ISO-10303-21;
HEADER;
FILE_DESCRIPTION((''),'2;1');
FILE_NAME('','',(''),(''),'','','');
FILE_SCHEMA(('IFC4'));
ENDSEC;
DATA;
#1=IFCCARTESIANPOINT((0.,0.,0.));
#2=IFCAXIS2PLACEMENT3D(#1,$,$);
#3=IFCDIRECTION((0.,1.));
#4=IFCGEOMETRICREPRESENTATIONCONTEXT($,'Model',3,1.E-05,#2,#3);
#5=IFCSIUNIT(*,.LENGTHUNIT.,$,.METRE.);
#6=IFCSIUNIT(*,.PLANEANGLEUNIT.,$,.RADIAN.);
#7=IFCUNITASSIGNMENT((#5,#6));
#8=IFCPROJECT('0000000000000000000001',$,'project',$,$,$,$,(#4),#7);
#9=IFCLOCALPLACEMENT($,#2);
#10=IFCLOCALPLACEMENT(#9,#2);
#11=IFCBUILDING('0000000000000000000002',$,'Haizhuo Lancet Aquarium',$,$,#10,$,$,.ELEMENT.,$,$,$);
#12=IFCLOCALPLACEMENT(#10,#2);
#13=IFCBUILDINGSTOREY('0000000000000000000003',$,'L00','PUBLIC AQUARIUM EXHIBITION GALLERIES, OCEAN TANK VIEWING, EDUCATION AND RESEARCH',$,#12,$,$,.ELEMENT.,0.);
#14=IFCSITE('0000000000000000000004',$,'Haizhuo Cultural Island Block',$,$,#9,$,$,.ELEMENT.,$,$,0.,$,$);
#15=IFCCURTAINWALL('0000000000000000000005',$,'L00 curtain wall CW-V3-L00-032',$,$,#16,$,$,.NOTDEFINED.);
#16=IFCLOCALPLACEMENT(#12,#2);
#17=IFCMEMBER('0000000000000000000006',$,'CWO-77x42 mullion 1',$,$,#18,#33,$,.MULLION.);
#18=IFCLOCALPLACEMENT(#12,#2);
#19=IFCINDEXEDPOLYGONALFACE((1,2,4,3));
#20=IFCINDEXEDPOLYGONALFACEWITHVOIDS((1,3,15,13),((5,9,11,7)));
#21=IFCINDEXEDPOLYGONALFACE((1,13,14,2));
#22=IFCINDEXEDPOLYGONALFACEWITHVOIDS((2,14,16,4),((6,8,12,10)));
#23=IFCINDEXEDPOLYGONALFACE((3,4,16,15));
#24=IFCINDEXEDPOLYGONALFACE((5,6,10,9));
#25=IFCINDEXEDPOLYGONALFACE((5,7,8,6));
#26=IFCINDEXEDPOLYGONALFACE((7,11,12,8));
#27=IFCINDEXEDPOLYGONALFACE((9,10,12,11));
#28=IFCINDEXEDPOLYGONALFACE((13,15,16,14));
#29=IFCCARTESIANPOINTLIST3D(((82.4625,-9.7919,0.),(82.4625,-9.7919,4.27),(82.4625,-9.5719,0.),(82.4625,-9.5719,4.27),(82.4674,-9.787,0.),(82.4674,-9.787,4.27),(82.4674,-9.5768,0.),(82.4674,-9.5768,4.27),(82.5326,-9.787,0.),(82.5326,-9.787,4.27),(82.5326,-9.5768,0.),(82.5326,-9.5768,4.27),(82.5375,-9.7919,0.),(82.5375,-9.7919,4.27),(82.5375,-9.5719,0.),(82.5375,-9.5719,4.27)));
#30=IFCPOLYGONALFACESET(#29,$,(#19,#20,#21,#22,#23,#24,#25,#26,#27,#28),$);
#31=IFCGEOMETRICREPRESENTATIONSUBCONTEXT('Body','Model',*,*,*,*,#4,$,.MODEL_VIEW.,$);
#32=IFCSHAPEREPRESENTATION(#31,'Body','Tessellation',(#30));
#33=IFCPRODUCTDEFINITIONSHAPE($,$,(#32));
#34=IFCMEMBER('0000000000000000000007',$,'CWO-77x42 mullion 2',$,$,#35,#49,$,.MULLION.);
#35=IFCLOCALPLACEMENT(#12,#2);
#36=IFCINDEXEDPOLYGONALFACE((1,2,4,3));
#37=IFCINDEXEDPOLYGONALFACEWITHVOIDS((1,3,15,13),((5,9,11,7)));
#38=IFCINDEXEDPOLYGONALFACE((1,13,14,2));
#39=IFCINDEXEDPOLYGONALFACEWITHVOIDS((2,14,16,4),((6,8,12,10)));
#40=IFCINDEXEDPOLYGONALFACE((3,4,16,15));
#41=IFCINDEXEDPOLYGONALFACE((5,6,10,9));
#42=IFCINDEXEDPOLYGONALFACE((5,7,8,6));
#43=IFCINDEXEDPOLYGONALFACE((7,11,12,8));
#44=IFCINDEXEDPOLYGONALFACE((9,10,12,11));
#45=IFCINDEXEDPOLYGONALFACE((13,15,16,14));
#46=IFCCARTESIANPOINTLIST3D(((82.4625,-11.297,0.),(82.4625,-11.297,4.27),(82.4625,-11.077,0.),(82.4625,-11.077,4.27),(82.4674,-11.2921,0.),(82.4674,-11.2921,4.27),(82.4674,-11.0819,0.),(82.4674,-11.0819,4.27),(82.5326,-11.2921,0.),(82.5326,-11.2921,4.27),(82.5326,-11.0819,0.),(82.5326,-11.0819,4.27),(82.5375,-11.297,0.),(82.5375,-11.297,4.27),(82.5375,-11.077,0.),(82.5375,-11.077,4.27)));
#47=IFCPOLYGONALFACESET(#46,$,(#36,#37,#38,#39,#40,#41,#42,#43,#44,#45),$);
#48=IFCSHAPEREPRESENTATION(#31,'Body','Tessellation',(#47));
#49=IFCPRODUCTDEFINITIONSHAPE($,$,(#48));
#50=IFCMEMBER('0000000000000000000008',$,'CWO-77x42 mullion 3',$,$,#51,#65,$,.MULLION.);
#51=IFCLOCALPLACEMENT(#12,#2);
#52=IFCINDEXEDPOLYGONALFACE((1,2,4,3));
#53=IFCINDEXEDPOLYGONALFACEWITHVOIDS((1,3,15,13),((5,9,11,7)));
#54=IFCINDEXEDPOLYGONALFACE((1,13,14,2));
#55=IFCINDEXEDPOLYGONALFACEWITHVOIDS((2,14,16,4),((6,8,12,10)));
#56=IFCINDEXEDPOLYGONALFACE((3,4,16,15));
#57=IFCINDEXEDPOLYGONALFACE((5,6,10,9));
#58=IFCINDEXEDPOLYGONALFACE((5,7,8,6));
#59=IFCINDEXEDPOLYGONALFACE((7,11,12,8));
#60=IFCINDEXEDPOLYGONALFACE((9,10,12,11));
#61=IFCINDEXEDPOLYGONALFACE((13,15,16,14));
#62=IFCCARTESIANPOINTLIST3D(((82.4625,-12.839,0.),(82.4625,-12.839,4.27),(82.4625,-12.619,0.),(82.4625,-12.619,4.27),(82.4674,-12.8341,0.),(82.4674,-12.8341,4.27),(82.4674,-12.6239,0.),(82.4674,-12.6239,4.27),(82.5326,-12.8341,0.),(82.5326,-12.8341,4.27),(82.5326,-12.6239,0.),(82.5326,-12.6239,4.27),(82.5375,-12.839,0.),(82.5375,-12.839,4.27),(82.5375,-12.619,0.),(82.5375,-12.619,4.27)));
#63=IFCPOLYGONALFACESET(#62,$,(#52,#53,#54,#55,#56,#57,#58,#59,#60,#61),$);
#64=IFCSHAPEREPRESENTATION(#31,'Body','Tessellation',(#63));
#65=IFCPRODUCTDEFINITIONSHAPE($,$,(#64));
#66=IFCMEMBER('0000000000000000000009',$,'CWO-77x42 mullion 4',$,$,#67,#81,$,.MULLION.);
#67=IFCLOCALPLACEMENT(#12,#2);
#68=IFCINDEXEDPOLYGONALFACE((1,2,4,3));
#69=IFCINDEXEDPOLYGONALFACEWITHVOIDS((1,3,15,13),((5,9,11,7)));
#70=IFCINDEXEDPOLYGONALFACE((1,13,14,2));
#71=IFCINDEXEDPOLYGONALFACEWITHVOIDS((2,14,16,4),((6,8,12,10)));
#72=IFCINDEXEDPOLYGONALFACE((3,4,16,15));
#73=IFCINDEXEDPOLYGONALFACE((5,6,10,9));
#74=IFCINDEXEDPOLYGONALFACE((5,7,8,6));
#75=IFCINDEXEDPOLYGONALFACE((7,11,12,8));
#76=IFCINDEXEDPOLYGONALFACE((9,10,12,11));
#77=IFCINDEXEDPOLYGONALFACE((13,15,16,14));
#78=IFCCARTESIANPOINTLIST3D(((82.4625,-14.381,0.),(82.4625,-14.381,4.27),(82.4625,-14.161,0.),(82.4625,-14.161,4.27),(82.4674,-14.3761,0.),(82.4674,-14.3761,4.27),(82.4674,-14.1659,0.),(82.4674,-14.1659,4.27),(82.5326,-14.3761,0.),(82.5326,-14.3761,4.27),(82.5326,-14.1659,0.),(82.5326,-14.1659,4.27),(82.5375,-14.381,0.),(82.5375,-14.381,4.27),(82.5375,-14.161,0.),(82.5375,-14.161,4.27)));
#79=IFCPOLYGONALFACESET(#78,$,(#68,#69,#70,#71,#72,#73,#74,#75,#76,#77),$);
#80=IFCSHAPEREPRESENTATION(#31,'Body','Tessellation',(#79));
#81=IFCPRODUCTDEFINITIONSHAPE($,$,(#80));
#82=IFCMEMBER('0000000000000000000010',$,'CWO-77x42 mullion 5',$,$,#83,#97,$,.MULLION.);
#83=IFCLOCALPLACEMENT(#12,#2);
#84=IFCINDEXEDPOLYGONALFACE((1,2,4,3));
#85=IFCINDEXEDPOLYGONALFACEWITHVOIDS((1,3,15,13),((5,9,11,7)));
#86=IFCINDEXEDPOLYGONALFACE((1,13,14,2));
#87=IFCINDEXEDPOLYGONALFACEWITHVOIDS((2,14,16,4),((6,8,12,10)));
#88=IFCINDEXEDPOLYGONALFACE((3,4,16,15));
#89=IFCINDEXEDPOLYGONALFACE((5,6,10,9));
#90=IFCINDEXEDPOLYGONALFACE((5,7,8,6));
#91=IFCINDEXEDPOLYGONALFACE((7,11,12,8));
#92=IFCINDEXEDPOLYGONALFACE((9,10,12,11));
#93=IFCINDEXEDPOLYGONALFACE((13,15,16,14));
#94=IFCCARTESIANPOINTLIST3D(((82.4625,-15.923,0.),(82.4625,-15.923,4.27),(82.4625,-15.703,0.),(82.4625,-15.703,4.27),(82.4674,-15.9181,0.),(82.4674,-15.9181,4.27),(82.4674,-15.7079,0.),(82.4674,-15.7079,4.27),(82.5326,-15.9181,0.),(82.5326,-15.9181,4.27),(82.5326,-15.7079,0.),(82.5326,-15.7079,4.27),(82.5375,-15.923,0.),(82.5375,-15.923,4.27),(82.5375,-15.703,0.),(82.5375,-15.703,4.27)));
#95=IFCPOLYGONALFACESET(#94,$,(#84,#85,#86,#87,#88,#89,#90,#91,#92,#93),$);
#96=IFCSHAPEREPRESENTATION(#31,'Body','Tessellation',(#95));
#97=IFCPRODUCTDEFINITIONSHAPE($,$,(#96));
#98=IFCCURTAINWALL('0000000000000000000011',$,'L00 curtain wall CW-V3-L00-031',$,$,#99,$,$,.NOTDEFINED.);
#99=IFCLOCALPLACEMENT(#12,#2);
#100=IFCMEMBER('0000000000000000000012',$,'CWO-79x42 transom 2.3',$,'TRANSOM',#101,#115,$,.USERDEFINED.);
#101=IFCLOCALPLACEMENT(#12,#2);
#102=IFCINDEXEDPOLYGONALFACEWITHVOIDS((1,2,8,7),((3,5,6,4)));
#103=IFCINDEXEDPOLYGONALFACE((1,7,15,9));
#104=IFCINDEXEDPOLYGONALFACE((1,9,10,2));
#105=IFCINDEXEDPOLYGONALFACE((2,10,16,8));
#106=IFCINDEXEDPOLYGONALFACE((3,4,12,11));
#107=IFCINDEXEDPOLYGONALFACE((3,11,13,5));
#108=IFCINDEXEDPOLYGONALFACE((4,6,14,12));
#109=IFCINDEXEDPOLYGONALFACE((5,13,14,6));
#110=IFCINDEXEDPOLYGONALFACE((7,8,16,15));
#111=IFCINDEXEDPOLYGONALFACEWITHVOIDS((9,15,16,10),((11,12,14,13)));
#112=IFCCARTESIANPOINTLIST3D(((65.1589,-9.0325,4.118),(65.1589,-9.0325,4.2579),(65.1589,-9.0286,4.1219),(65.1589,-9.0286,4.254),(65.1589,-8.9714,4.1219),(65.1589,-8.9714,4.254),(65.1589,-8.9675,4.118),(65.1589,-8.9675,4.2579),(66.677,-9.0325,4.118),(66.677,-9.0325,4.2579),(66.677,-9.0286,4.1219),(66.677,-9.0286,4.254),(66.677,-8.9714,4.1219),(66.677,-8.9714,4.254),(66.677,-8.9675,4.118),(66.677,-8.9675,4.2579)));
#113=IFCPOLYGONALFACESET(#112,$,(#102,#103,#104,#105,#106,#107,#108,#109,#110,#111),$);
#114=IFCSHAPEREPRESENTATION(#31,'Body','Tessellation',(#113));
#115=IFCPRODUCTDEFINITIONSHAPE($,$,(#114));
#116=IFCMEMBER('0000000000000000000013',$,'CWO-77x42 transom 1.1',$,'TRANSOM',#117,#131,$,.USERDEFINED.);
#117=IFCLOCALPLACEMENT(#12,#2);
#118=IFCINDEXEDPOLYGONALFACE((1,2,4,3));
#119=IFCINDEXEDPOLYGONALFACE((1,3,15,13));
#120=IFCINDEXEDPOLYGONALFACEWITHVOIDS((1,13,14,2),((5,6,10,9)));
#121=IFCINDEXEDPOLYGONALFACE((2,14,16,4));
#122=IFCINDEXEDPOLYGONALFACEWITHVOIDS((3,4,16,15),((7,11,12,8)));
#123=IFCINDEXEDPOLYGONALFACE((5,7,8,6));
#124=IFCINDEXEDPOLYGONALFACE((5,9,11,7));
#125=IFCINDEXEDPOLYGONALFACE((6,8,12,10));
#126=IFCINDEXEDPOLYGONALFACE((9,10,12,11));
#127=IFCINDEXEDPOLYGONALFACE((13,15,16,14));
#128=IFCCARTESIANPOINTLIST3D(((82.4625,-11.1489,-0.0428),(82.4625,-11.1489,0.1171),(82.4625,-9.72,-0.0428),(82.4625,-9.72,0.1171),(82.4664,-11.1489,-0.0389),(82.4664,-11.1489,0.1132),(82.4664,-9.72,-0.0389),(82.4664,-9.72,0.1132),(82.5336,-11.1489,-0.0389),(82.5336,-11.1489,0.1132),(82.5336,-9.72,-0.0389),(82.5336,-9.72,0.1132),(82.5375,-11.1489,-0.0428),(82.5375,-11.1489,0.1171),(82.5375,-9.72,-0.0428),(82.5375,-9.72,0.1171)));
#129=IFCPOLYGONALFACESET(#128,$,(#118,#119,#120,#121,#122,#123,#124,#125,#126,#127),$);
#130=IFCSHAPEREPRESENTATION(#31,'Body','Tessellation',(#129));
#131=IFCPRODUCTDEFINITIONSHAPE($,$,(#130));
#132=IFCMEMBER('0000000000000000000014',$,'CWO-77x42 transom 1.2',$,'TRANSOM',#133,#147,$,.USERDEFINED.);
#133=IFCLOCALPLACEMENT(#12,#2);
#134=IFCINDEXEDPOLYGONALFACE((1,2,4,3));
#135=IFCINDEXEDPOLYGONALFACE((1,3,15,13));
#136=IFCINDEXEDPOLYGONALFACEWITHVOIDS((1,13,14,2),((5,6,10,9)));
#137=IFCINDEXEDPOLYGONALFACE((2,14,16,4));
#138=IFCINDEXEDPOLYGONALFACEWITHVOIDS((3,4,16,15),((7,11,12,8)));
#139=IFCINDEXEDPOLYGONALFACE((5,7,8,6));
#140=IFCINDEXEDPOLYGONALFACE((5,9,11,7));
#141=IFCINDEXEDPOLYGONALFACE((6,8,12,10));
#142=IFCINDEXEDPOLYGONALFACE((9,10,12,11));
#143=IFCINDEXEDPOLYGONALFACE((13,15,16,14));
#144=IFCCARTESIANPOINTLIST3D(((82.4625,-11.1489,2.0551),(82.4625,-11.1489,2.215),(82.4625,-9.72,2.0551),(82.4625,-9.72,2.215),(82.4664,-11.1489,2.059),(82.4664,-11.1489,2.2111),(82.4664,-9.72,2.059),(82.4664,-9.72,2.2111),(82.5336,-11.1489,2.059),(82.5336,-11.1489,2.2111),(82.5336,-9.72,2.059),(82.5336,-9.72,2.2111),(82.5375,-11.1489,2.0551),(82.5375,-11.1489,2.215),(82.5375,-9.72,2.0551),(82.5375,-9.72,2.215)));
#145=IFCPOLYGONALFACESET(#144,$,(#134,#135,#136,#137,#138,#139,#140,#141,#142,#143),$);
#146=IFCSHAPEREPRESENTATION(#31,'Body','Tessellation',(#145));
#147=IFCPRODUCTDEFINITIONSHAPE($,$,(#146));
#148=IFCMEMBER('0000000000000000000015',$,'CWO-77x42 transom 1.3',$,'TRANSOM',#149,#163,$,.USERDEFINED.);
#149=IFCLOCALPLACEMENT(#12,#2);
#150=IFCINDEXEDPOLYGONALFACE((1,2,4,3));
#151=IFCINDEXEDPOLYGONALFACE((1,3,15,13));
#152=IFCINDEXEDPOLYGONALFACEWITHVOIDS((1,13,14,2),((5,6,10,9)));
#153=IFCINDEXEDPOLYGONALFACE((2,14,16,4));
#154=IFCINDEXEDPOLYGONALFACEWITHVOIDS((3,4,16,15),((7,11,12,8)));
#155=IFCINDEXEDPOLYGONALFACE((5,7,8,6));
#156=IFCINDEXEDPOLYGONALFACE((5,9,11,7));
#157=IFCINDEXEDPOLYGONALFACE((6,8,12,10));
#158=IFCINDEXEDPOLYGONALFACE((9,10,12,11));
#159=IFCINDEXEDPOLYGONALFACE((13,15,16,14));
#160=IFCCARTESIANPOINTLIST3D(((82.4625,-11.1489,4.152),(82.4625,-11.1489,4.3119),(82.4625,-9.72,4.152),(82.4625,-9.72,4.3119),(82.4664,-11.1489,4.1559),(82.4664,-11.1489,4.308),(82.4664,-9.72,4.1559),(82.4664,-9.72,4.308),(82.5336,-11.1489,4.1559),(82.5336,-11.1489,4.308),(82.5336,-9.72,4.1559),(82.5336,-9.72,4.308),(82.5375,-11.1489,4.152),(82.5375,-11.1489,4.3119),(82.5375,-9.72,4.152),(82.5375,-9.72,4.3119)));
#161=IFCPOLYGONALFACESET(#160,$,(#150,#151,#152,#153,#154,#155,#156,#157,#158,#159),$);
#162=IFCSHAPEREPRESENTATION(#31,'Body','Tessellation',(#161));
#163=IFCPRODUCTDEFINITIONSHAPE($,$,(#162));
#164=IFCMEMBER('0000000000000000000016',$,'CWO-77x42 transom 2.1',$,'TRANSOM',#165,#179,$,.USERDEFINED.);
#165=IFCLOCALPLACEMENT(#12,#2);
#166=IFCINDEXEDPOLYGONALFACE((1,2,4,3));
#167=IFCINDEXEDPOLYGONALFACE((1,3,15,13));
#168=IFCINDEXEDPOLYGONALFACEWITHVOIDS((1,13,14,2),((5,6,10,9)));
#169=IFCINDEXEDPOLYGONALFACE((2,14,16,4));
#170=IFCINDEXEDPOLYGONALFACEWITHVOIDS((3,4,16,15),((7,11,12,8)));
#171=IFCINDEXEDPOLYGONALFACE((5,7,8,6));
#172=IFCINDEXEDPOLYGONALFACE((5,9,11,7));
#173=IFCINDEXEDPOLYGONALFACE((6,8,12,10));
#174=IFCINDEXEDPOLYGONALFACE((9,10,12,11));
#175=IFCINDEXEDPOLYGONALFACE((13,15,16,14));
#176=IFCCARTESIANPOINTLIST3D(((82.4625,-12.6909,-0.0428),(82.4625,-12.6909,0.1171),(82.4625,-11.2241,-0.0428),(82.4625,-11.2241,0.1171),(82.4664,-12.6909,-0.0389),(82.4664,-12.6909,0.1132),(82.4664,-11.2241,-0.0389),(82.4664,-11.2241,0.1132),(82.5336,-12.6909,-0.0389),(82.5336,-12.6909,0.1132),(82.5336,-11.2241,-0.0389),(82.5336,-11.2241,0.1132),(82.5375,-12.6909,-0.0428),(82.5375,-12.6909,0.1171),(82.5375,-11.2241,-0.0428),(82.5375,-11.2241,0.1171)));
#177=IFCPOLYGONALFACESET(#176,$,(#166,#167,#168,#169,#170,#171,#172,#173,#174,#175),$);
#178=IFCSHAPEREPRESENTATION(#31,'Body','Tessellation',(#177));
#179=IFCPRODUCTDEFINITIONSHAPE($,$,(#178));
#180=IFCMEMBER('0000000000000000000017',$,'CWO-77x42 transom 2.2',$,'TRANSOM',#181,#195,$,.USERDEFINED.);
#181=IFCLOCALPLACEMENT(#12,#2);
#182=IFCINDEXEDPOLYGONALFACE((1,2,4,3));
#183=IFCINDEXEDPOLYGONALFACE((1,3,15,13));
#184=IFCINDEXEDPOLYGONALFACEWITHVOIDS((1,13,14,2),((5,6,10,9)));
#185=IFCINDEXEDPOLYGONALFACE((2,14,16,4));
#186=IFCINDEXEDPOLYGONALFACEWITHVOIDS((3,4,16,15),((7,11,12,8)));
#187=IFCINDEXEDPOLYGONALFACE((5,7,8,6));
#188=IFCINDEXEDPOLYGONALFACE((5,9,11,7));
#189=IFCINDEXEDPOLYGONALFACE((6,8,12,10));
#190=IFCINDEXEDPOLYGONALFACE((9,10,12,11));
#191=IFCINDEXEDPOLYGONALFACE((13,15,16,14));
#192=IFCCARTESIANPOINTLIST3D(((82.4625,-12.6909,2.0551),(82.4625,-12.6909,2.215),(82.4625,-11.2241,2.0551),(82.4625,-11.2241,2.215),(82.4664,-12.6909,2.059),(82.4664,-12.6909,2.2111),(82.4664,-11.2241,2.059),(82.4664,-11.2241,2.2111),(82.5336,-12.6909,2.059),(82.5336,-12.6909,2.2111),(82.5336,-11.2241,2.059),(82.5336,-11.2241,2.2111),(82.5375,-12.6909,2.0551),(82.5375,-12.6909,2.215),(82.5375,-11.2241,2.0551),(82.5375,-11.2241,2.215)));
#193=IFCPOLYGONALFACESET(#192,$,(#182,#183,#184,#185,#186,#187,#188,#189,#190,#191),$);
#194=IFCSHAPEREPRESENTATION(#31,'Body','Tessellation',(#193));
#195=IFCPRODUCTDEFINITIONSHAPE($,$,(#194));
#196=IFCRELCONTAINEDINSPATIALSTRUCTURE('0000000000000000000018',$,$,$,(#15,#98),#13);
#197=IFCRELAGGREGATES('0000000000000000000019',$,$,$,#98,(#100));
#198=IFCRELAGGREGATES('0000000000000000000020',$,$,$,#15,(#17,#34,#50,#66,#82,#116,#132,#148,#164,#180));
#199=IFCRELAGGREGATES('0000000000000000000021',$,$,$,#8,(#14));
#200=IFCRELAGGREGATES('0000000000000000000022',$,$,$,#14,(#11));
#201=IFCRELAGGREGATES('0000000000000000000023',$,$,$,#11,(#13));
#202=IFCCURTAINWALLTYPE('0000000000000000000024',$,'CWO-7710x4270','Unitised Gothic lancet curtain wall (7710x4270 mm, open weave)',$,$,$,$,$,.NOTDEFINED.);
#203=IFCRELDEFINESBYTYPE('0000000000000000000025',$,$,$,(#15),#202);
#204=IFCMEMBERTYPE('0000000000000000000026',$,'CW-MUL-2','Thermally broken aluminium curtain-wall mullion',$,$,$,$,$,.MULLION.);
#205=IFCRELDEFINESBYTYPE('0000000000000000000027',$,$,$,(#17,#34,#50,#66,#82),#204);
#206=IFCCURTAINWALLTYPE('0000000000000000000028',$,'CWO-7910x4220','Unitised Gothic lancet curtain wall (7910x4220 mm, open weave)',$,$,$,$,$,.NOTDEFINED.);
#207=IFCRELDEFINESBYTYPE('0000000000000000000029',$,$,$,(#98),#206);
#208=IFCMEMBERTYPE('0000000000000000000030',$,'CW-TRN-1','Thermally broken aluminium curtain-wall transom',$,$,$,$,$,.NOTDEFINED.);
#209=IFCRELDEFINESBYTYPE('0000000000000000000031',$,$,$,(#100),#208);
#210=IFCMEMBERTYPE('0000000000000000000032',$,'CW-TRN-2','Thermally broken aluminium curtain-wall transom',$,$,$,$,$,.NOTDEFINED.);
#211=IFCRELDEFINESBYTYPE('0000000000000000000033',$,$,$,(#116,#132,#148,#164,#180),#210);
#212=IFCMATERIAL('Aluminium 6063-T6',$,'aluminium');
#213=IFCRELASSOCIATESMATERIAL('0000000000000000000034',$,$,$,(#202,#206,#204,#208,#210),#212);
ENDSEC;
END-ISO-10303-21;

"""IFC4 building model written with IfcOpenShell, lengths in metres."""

from ifc_helpers import new_model, si_unit, direction, frame, origin, origin_2d, place, context, subcontext, project, spatial, hollow_rectangle, extrude, material, material_profile, profile_set, type_object, element, aggregate, save


model = new_model("IFC4")

# Units and contexts
model_context = context("Model", 3, precision=1e-05, world=origin(), true_north=direction((0.0, 1.0)))
body_context = subcontext(model_context, "Body", "Model", "MODEL_VIEW")
ifc_project = project(units=[si_unit("LENGTHUNIT", "METRE"), si_unit("PLANEANGLEUNIT", "RADIAN")], contexts=[model_context])

# Site, building, storey
site_placement = place(None, origin())
site = spatial("IfcSite", under=ifc_project, at=site_placement, Name="Haizhuo Cultural Island Block", CompositionType="ELEMENT", RefElevation=0.0)
building_placement = place(site_placement, origin())
building = spatial("IfcBuilding", under=site, at=building_placement, Name="Haizhuo Lancet Aquarium", CompositionType="ELEMENT")
storey_placement = place(building_placement, origin())
storey = spatial("IfcBuildingStorey", under=building, at=storey_placement, Name="L00", Description="PUBLIC AQUARIUM EXHIBITION GALLERIES, OCEAN TANK VIEWING, EDUCATION AND RESEARCH", CompositionType="ELEMENT", Elevation=0.0)

# Curtain wall, members
ifc_material_1 = material(Name="Aluminium 6063-T6", Category="aluminium")
curtain_wall_type_1 = type_object("IfcCurtainWallType", Name="CWO-7710x4270", Description="Unitised Gothic lancet curtain wall (7710x4270 mm, open weave)", PredefinedType="NOTDEFINED", material=ifc_material_1)
curtain_wall_1_placement = place(storey_placement, origin())
curtain_wall_1 = element("IfcCurtainWall", 1, at=curtain_wall_1_placement, inside=storey, type_object=curtain_wall_type_1, Name="L00 curtain wall CW-V3-L00-032", PredefinedType="NOTDEFINED")
ifc_material_profile_1 = material_profile(ifc_material_1, hollow_rectangle(XDim=0.075, YDim=0.22, WallThickness=0.0049, at=origin_2d()), Name="ALU-M 75x220x5")
ifc_profile_set_1 = profile_set([ifc_material_profile_1], Name="Aluminium 6063-T6")
member_type_1 = type_object("IfcMemberType", Name="CW-MUL-2", Description="Thermally broken aluminium curtain-wall mullion", PredefinedType="MULLION", material=ifc_profile_set_1)
member_1_placement = place(storey_placement, frame((82.5, -9.6819, 0.0), z_axis=(0.0, 0.0, 1.0), x_axis=(1.0, 0.0, 0.0)))
member_1 = element("IfcMember", 2, at=member_1_placement, type_object=member_type_1, Name="CWO-77x42 mullion 1", PredefinedType="MULLION", context=body_context, shape_type="SweptSolid", body=[
    extrude(hollow_rectangle(XDim=0.075, YDim=0.22, WallThickness=0.0049, at=origin_2d()), origin(), (0.0, 0.0, 1.0), 4.27),
])
member_2_placement = place(storey_placement, frame((82.5, -11.187, 0.0), z_axis=(0.0, 0.0, 1.0), x_axis=(1.0, 0.0, 0.0)))
member_2 = element("IfcMember", 3, at=member_2_placement, type_object=member_type_1, Name="CWO-77x42 mullion 2", PredefinedType="MULLION", context=body_context, shape_type="SweptSolid", body=[
    extrude(hollow_rectangle(XDim=0.075, YDim=0.22, WallThickness=0.0049, at=origin_2d()), origin(), (0.0, 0.0, 1.0), 4.27),
])
member_3_placement = place(storey_placement, frame((82.5, -12.729, 0.0), z_axis=(0.0, 0.0, 1.0), x_axis=(1.0, 0.0, 0.0)))
member_3 = element("IfcMember", 4, at=member_3_placement, type_object=member_type_1, Name="CWO-77x42 mullion 3", PredefinedType="MULLION", context=body_context, shape_type="SweptSolid", body=[
    extrude(hollow_rectangle(XDim=0.075, YDim=0.22, WallThickness=0.0049, at=origin_2d()), origin(), (0.0, 0.0, 1.0), 4.27),
])
member_4_placement = place(storey_placement, frame((82.5, -14.271, 0.0), z_axis=(0.0, 0.0, 1.0), x_axis=(1.0, 0.0, 0.0)))
member_4 = element("IfcMember", 5, at=member_4_placement, type_object=member_type_1, Name="CWO-77x42 mullion 4", PredefinedType="MULLION", context=body_context, shape_type="SweptSolid", body=[
    extrude(hollow_rectangle(XDim=0.075, YDim=0.22, WallThickness=0.0049, at=origin_2d()), origin(), (0.0, 0.0, 1.0), 4.27),
])
member_5_placement = place(storey_placement, frame((82.5, -15.813, 0.0), z_axis=(0.0, 0.0, 1.0), x_axis=(1.0, 0.0, 0.0)))
member_5 = element("IfcMember", 6, at=member_5_placement, type_object=member_type_1, Name="CWO-77x42 mullion 5", PredefinedType="MULLION", context=body_context, shape_type="SweptSolid", body=[
    extrude(hollow_rectangle(XDim=0.075, YDim=0.22, WallThickness=0.0049, at=origin_2d()), origin(), (0.0, 0.0, 1.0), 4.27),
])

# Curtain wall, member
curtain_wall_type_2 = type_object("IfcCurtainWallType", Name="CWO-7910x4220", Description="Unitised Gothic lancet curtain wall (7910x4220 mm, open weave)", PredefinedType="NOTDEFINED", material=ifc_material_1)
curtain_wall_2_placement = place(storey_placement, origin())
curtain_wall_2 = element("IfcCurtainWall", 7, at=curtain_wall_2_placement, inside=storey, type_object=curtain_wall_type_2, Name="L00 curtain wall CW-V3-L00-031", PredefinedType="NOTDEFINED")
ifc_material_profile_2 = material_profile(ifc_material_1, hollow_rectangle(XDim=0.0649, YDim=0.1399, WallThickness=0.0039, at=origin_2d()), Name="ALU-T 65x140x4")
ifc_profile_set_2 = profile_set([ifc_material_profile_2], Name="Aluminium 6063-T6")
member_type_2 = type_object("IfcMemberType", Name="CW-TRN-1", Description="Thermally broken aluminium curtain-wall transom", PredefinedType="NOTDEFINED", material=ifc_profile_set_2)
member_6_placement = place(storey_placement, frame((65.1589, -9.0, 4.188), z_axis=(1.0, 0.0, 0.0), x_axis=(0.0, 1.0, 0.0)))
member_6 = element("IfcMember", 8, at=member_6_placement, type_object=member_type_2, Name="CWO-79x42 transom 2.3", ObjectType="TRANSOM", PredefinedType="USERDEFINED", context=body_context, shape_type="SweptSolid", body=[
    extrude(hollow_rectangle(XDim=0.0649, YDim=0.1399, WallThickness=0.0039, at=origin_2d()), origin(), (0.0, 0.0, 1.0), 1.5181),
])
aggregate(curtain_wall_2, [member_6])

# Members
ifc_material_profile_3 = material_profile(ifc_material_1, hollow_rectangle(XDim=0.075, YDim=0.1599, WallThickness=0.0039, at=origin_2d()), Name="ALU-T 75x160x4")
ifc_profile_set_3 = profile_set([ifc_material_profile_3], Name="Aluminium 6063-T6")
member_type_3 = type_object("IfcMemberType", Name="CW-TRN-2", Description="Thermally broken aluminium curtain-wall transom", PredefinedType="NOTDEFINED", material=ifc_profile_set_3)
member_7_placement = place(storey_placement, frame((82.5, -9.72, 0.0371), z_axis=(0.0, -1.0, 0.0), x_axis=(1.0, 0.0, 0.0)))
member_7 = element("IfcMember", 9, at=member_7_placement, type_object=member_type_3, Name="CWO-77x42 transom 1.1", ObjectType="TRANSOM", PredefinedType="USERDEFINED", context=body_context, shape_type="SweptSolid", body=[
    extrude(hollow_rectangle(XDim=0.075, YDim=0.1599, WallThickness=0.0039, at=origin_2d()), origin(), (0.0, 0.0, 1.0), 1.429),
])
member_8_placement = place(storey_placement, frame((82.5, -9.72, 2.135), z_axis=(0.0, -1.0, 0.0), x_axis=(1.0, 0.0, 0.0)))
member_8 = element("IfcMember", 10, at=member_8_placement, type_object=member_type_3, Name="CWO-77x42 transom 1.2", ObjectType="TRANSOM", PredefinedType="USERDEFINED", context=body_context, shape_type="SweptSolid", body=[
    extrude(hollow_rectangle(XDim=0.075, YDim=0.1599, WallThickness=0.0039, at=origin_2d()), origin(), (0.0, 0.0, 1.0), 1.429),
])
member_9_placement = place(storey_placement, frame((82.5, -9.72, 4.2319), z_axis=(0.0, -1.0, 0.0), x_axis=(1.0, 0.0, 0.0)))
member_9 = element("IfcMember", 11, at=member_9_placement, type_object=member_type_3, Name="CWO-77x42 transom 1.3", ObjectType="TRANSOM", PredefinedType="USERDEFINED", context=body_context, shape_type="SweptSolid", body=[
    extrude(hollow_rectangle(XDim=0.075, YDim=0.1599, WallThickness=0.0039, at=origin_2d()), origin(), (0.0, 0.0, 1.0), 1.429),
])
member_10_placement = place(storey_placement, frame((82.5, -11.2241, 0.0371), z_axis=(0.0, -1.0, 0.0), x_axis=(1.0, 0.0, 0.0)))
member_10 = element("IfcMember", 12, at=member_10_placement, type_object=member_type_3, Name="CWO-77x42 transom 2.1", ObjectType="TRANSOM", PredefinedType="USERDEFINED", context=body_context, shape_type="SweptSolid", body=[
    extrude(hollow_rectangle(XDim=0.075, YDim=0.1599, WallThickness=0.0039, at=origin_2d()), origin(), (0.0, 0.0, 1.0), 1.4668),
])
member_11_placement = place(storey_placement, frame((82.5, -11.2241, 2.135), z_axis=(0.0, -1.0, 0.0), x_axis=(1.0, 0.0, 0.0)))
member_11 = element("IfcMember", 13, at=member_11_placement, type_object=member_type_3, Name="CWO-77x42 transom 2.2", ObjectType="TRANSOM", PredefinedType="USERDEFINED", context=body_context, shape_type="SweptSolid", body=[
    extrude(hollow_rectangle(XDim=0.075, YDim=0.1599, WallThickness=0.0039, at=origin_2d()), origin(), (0.0, 0.0, 1.0), 1.4668),
])

aggregate(curtain_wall_1, [member_1, member_2, member_3, member_4, member_5, member_7, member_8, member_9, member_10, member_11])

save(model, "model.ifc")
